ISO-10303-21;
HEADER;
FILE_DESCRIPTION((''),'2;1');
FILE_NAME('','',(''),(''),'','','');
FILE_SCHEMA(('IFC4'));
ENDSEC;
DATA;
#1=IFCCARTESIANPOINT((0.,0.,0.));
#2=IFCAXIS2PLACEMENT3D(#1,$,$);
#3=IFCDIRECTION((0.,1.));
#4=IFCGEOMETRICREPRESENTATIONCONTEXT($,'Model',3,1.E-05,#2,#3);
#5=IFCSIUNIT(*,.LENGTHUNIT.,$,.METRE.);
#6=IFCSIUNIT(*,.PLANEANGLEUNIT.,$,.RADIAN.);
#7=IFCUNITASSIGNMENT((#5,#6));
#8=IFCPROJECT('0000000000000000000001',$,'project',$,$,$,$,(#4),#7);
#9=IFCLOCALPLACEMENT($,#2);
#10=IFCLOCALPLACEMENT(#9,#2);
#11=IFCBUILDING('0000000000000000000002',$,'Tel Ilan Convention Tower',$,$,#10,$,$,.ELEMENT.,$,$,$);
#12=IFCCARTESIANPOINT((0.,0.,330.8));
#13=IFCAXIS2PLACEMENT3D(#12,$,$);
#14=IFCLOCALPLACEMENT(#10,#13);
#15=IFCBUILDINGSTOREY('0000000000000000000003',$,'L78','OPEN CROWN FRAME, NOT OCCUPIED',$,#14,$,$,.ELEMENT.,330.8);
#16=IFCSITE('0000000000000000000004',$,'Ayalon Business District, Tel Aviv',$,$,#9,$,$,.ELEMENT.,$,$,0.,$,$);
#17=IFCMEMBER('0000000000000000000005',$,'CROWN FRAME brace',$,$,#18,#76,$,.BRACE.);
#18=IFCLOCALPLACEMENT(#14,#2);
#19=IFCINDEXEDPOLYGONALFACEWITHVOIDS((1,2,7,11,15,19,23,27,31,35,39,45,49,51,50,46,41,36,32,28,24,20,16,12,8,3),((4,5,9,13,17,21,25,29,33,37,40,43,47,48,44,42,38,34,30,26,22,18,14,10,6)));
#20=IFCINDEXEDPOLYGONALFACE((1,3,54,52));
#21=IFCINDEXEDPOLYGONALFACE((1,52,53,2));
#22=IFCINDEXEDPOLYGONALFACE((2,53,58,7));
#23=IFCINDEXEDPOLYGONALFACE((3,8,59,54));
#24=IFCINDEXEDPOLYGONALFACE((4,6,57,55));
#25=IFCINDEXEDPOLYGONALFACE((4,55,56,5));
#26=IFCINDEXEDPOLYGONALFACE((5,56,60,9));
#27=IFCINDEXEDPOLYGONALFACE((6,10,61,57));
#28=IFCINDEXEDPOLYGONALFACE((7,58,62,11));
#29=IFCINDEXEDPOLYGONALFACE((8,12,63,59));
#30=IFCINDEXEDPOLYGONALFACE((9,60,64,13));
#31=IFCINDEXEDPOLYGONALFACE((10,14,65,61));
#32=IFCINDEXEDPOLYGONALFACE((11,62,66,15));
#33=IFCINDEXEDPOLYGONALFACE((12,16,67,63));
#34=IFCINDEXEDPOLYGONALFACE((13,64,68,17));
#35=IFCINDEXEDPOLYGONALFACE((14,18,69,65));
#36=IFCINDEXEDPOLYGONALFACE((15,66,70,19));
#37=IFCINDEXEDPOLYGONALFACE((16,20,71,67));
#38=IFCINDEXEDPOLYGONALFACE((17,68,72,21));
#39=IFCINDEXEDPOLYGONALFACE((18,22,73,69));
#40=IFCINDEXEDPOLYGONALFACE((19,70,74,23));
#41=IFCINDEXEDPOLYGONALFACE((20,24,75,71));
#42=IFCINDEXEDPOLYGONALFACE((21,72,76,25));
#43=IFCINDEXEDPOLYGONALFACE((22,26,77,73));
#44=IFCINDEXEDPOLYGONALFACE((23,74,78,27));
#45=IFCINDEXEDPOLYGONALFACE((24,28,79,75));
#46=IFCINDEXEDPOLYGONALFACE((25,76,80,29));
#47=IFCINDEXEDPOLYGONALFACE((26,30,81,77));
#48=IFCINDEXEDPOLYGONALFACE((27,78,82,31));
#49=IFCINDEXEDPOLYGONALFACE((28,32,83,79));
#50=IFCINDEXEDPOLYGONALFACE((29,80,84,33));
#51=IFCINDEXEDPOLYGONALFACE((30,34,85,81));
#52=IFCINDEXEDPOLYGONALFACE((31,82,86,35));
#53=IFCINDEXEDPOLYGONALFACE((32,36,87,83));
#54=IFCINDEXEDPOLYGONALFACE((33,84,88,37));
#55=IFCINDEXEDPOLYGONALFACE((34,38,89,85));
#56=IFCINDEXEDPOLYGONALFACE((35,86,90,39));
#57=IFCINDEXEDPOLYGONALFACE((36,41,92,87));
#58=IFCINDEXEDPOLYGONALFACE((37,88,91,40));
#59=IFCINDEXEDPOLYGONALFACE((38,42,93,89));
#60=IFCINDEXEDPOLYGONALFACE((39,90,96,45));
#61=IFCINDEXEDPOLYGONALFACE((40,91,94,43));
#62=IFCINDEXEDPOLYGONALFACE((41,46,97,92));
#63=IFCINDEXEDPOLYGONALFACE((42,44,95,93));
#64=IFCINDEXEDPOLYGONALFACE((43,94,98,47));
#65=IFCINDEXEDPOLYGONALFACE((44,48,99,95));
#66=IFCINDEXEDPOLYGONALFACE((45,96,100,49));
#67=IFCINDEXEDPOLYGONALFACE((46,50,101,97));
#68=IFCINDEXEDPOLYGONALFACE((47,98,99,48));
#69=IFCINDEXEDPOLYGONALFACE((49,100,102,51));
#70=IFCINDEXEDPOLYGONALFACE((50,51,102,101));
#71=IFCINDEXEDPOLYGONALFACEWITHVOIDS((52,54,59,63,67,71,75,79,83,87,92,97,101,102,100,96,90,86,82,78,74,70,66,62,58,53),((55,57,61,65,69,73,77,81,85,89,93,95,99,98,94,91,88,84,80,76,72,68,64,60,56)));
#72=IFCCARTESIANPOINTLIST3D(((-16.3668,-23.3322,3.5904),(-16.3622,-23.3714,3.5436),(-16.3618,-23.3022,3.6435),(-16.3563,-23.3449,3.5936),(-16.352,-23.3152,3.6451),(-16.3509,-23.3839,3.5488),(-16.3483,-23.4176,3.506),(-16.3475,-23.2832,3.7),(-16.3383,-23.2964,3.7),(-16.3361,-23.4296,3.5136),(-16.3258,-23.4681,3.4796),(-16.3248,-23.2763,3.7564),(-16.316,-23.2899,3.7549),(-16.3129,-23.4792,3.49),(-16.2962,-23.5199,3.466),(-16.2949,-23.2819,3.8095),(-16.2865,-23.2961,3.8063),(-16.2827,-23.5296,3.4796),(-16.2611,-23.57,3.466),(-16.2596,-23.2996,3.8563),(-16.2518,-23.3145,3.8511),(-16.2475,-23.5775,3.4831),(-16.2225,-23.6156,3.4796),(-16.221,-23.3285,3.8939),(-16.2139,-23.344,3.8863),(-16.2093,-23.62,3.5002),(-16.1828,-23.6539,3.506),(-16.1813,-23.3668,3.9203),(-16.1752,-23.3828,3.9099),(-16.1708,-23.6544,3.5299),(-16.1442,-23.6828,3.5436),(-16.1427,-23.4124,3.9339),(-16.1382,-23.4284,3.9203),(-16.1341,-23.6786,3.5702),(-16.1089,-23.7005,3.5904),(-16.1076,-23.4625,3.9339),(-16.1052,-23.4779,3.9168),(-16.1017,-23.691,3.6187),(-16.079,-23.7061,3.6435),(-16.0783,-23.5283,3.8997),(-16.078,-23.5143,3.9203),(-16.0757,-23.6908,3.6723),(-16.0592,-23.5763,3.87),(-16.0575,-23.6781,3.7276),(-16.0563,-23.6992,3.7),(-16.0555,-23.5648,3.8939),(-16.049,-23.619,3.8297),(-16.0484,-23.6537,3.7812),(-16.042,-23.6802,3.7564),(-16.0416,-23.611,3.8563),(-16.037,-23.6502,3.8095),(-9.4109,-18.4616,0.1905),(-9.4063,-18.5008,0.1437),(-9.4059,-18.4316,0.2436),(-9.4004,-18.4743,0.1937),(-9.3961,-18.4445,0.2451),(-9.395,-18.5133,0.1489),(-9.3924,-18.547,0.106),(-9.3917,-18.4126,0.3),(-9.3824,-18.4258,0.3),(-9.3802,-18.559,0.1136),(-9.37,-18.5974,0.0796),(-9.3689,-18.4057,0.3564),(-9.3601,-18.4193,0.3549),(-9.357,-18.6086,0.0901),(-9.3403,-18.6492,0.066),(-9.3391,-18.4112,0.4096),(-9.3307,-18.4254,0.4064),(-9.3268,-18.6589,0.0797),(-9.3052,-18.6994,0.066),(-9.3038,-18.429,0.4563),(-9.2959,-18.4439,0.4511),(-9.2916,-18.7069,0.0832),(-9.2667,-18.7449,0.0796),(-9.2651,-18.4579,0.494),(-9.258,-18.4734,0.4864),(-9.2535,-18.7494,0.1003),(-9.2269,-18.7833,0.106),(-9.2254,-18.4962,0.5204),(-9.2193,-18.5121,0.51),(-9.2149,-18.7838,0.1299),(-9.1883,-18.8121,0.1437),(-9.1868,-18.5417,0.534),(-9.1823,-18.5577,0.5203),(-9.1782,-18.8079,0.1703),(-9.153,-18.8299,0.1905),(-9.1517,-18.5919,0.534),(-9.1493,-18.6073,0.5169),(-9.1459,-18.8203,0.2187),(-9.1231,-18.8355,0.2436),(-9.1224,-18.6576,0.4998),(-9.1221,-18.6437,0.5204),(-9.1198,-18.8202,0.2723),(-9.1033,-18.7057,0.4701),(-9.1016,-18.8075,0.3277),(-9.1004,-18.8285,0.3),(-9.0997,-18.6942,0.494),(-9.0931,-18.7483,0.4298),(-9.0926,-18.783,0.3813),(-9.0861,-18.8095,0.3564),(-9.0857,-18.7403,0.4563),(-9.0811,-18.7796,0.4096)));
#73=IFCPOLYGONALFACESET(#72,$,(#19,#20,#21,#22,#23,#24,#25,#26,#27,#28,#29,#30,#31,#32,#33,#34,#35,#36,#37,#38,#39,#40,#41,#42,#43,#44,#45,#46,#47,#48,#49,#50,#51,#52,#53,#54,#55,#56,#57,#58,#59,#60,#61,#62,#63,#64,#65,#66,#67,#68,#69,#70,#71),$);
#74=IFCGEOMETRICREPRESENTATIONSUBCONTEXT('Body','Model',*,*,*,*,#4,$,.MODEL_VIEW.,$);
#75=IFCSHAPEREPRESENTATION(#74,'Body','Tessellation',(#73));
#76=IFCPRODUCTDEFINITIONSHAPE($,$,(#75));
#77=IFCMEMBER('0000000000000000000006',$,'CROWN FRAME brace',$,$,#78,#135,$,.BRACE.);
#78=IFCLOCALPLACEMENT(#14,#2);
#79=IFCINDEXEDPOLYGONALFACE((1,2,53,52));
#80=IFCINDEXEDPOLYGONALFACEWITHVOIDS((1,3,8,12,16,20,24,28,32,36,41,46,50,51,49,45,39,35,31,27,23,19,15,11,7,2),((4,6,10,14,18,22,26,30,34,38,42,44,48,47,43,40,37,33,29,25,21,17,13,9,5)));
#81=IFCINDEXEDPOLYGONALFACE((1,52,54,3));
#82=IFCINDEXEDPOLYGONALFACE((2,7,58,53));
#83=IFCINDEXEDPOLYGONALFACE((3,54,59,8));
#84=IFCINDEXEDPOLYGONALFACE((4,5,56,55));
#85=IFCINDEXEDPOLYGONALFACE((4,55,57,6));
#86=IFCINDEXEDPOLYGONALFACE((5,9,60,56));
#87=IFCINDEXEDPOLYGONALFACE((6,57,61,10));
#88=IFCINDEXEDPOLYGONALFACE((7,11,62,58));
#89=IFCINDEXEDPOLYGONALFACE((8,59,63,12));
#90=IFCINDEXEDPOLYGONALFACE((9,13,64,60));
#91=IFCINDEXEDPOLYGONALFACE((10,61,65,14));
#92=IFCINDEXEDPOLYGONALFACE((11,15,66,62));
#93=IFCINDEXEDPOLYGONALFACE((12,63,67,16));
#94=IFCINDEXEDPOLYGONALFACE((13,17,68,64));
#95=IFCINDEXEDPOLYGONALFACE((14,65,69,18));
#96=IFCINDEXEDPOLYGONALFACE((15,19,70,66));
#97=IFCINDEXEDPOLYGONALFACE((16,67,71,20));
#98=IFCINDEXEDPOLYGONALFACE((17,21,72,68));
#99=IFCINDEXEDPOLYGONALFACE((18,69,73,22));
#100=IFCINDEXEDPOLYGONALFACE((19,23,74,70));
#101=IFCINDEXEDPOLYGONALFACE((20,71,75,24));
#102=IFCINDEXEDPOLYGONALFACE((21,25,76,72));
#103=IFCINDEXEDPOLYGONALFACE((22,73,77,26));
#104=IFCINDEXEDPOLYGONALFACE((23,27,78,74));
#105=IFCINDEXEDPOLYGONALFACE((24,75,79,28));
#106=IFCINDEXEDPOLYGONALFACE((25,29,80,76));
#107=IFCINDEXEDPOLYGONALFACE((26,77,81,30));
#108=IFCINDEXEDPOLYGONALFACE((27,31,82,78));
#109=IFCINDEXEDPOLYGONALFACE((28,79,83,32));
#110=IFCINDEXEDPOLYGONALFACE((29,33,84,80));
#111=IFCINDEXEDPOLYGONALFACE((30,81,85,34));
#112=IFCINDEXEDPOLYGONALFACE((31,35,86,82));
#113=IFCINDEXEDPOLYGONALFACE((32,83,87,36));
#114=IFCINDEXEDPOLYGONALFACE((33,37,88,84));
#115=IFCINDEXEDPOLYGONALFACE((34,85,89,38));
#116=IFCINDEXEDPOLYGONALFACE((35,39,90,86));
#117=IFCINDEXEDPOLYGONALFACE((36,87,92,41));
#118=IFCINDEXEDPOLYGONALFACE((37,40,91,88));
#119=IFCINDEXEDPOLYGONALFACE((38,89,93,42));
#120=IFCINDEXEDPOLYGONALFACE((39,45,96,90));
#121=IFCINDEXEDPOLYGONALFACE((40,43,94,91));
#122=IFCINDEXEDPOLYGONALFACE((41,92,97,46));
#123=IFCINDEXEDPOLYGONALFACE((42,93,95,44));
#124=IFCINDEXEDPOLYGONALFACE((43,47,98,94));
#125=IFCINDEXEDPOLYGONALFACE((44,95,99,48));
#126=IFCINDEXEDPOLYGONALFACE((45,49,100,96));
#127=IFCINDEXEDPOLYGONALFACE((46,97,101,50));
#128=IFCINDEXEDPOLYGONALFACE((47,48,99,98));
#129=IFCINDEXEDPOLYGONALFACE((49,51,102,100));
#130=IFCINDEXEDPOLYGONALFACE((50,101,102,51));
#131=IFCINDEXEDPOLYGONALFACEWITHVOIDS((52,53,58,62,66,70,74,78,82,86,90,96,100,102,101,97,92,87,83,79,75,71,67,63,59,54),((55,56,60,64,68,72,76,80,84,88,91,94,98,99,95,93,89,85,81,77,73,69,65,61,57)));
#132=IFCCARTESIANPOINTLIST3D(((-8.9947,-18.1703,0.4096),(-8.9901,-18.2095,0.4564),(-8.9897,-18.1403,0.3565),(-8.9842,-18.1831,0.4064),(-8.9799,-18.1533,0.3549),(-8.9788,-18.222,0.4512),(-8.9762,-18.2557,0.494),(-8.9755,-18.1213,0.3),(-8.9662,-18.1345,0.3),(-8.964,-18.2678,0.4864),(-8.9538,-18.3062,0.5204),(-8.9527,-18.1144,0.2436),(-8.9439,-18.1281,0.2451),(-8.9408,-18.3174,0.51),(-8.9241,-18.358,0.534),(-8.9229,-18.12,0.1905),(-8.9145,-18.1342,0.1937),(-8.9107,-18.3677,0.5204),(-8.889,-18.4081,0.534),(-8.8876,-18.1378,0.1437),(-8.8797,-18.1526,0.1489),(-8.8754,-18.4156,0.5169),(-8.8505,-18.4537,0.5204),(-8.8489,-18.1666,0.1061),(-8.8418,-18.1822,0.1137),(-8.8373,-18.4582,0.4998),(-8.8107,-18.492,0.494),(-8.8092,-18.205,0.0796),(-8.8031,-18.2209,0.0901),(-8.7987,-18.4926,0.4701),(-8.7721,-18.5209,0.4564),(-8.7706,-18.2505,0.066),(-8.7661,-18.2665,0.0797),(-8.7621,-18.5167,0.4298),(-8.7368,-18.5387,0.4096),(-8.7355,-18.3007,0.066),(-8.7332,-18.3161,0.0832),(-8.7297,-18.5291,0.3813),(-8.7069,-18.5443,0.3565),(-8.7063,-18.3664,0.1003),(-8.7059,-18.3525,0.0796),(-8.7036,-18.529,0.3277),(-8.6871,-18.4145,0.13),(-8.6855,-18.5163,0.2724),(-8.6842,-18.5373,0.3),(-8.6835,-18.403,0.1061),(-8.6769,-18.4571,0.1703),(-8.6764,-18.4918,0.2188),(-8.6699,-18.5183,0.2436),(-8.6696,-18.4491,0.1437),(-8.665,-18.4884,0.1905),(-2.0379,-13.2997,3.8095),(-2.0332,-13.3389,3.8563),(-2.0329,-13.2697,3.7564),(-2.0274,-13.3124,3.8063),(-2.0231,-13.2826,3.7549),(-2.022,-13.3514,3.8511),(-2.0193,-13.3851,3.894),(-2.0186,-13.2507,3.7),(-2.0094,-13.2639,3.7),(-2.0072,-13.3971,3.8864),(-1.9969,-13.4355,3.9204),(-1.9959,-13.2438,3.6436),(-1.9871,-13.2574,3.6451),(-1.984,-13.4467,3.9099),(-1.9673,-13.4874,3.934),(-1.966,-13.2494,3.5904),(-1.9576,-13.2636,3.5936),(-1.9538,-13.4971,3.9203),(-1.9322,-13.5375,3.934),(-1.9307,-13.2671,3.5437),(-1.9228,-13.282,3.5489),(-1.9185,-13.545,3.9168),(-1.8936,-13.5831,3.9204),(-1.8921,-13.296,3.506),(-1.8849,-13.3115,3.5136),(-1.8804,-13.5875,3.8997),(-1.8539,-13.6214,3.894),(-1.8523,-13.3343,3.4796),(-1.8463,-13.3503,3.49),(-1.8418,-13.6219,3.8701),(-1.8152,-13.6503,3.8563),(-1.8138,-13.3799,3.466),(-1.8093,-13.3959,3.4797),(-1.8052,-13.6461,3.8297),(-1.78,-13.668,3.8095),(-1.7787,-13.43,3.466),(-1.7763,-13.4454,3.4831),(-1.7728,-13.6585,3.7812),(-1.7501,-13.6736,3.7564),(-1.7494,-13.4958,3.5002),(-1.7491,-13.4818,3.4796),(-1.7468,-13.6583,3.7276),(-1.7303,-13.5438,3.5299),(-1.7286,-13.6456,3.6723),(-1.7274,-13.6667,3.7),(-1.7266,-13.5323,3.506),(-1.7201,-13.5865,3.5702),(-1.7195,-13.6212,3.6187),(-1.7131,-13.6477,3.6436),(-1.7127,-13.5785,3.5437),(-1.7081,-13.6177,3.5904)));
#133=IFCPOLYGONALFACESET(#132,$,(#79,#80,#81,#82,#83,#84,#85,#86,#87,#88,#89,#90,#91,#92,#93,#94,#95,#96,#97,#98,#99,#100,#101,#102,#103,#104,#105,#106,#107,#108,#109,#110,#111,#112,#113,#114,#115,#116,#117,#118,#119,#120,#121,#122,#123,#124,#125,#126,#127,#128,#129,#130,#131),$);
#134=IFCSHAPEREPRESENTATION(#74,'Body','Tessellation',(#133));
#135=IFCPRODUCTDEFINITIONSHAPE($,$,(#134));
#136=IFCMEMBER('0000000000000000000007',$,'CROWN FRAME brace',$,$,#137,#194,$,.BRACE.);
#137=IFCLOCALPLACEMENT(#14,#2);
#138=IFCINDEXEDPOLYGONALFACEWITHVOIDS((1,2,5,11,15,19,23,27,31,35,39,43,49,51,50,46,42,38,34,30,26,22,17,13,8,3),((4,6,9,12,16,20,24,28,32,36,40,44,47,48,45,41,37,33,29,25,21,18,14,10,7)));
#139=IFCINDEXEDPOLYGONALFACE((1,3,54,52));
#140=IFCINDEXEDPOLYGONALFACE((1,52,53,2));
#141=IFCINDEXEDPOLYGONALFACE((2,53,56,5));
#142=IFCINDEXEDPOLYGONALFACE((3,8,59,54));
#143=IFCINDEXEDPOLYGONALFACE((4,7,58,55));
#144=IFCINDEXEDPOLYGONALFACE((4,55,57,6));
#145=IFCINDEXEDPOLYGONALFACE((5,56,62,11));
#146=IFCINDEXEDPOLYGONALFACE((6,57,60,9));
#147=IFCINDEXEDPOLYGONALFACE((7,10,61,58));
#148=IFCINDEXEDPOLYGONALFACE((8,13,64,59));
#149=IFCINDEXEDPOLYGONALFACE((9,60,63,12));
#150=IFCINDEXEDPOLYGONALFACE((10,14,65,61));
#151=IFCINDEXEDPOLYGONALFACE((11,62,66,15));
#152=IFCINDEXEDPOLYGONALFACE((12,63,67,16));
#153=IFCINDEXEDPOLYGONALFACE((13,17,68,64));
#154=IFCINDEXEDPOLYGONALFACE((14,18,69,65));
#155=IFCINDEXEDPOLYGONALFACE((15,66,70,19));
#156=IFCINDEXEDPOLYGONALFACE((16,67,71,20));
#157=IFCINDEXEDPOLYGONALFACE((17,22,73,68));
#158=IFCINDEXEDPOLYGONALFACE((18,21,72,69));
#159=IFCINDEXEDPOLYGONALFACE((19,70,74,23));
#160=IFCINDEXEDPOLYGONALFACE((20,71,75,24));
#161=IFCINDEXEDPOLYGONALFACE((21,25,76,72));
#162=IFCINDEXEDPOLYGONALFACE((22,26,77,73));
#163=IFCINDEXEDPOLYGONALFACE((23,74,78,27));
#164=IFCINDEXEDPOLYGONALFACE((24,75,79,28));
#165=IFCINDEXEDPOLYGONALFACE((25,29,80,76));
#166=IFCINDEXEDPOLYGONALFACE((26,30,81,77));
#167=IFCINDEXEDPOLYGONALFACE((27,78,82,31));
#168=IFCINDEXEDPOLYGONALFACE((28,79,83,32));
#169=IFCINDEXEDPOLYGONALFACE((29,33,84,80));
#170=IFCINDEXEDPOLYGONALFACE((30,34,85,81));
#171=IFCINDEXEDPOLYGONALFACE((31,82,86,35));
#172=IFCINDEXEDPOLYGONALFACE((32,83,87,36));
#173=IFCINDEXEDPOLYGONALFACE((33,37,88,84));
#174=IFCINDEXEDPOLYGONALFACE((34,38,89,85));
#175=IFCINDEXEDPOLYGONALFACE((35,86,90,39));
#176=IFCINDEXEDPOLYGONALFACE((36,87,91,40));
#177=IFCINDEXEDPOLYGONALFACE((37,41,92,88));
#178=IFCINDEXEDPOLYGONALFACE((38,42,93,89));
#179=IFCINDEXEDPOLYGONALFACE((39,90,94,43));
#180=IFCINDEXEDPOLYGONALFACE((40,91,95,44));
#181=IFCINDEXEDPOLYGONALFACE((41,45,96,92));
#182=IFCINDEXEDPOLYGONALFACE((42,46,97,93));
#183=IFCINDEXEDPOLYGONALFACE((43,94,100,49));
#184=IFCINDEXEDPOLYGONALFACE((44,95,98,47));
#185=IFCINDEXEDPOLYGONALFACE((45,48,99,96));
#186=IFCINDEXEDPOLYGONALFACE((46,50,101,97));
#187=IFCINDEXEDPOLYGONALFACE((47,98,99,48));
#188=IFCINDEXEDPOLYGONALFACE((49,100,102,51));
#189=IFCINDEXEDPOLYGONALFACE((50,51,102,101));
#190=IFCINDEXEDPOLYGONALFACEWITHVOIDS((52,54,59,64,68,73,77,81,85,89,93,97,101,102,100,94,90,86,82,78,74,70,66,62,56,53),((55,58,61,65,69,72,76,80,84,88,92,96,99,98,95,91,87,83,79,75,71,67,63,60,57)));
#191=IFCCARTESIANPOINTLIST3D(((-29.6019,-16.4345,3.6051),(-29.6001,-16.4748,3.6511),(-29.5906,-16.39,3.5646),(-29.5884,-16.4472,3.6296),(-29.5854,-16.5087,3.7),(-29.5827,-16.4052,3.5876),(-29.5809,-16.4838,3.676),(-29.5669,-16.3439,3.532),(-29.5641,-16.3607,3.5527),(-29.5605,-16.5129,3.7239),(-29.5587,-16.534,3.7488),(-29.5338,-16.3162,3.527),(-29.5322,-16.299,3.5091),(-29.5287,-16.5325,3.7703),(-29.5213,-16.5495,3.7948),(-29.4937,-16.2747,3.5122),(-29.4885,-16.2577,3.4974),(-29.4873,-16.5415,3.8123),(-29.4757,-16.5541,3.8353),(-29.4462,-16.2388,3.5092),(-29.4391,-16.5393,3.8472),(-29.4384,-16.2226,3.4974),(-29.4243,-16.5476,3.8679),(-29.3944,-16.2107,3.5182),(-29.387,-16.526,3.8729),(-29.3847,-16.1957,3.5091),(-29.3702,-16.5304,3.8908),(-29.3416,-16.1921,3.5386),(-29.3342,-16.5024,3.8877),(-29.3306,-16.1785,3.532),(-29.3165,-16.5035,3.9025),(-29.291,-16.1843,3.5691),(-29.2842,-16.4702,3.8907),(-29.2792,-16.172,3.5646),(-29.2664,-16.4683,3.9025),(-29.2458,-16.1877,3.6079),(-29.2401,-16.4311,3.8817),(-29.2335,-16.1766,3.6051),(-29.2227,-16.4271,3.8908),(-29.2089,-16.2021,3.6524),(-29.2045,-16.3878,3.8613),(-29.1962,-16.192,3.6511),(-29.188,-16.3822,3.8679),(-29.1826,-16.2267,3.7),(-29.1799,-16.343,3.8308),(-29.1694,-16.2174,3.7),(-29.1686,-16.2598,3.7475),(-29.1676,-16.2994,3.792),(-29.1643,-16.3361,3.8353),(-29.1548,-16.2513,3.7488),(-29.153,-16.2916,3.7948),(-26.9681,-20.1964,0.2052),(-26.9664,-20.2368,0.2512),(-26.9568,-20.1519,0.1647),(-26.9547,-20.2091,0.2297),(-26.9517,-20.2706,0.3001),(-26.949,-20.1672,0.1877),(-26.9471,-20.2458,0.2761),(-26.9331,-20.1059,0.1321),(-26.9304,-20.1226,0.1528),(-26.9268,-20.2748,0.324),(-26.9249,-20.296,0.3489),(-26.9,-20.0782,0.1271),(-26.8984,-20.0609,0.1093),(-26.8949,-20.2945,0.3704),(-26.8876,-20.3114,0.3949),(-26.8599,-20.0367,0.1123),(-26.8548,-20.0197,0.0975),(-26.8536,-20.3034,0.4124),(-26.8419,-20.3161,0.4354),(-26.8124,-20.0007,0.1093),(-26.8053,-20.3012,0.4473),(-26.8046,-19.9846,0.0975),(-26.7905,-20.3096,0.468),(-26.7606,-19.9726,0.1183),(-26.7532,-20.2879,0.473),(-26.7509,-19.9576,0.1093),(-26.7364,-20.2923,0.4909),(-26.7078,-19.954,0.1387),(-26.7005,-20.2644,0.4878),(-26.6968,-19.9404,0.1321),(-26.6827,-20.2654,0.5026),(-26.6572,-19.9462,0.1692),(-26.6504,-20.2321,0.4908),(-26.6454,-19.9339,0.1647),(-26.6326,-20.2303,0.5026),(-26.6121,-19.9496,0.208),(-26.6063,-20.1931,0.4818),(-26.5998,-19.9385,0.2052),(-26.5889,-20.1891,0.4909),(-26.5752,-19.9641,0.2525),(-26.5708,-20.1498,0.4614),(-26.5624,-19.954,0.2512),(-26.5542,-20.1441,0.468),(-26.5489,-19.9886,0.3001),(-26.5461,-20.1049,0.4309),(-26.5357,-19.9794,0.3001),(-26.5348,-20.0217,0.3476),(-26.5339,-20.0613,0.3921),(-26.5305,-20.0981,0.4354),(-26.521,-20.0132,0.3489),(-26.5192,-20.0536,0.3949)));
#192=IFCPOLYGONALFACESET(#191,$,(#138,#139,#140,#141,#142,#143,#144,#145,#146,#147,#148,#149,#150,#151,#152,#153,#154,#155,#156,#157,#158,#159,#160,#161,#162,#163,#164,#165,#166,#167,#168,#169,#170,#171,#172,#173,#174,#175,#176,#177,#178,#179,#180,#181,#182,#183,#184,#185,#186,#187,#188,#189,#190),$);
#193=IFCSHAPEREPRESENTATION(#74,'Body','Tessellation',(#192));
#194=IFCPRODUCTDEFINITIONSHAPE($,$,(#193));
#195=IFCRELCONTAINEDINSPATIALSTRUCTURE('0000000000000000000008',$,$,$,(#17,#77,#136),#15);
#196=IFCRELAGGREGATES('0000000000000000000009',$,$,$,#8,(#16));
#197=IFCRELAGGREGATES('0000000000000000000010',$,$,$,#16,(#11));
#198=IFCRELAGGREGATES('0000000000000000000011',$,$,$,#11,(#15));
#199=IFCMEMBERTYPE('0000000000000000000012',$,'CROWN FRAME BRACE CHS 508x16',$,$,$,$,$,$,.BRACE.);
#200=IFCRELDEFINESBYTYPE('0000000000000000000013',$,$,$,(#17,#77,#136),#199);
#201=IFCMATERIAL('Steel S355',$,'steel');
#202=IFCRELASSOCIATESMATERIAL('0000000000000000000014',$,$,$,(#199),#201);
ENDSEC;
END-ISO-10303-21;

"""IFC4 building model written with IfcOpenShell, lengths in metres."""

from ifc_helpers import new_model, si_unit, direction, frame, origin, origin_2d, place, context, subcontext, project, spatial, hollow_circle, extrude, material, material_profile, profile_set, type_object, element, save


model = new_model("IFC4")

# Units and contexts
model_context = context("Model", 3, precision=1e-05, world=origin(), true_north=direction((0.0, 1.0)))
body_context = subcontext(model_context, "Body", "Model", "MODEL_VIEW")
ifc_project = project(units=[si_unit("LENGTHUNIT", "METRE"), si_unit("PLANEANGLEUNIT", "RADIAN")], contexts=[model_context])

# Site, building, storey
site_placement = place(None, origin())
site = spatial("IfcSite", under=ifc_project, at=site_placement, Name="Ayalon Business District, Tel Aviv", CompositionType="ELEMENT", RefElevation=0.0)
building_placement = place(site_placement, origin())
building = spatial("IfcBuilding", under=site, at=building_placement, Name="Tel Ilan Convention Tower", CompositionType="ELEMENT")
storey_placement = place(building_placement, frame((0.0, 0.0, 330.8)))
storey = spatial("IfcBuildingStorey", under=building, at=storey_placement, Name="L78", Description="OPEN CROWN FRAME, NOT OCCUPIED", CompositionType="ELEMENT", Elevation=330.8)

# Members
ifc_material_1 = material(Name="Steel S355", Category="steel")
ifc_material_profile_1 = material_profile(ifc_material_1, hollow_circle(Radius=0.2539, WallThickness=0.0161, at=origin_2d()), Name="CHS 508x16")
ifc_profile_set_1 = profile_set([ifc_material_profile_1], Name="Steel S355")
member_type = type_object("IfcMemberType", Name="CROWN FRAME BRACE CHS 508x16", PredefinedType="BRACE", material=ifc_profile_set_1)
member_1_placement = place(storey_placement, frame((-16.2019, -23.4912, 3.7), z_axis=(0.760457, 0.532488, -0.371701), x_axis=(-0.573584, 0.819147, 0.0)))
element("IfcMember", 1, at=member_1_placement, inside=storey, type_object=member_type, Name="CROWN FRAME brace", PredefinedType="BRACE", context=body_context, shape_type="SweptSolid", body=[
    extrude(hollow_circle(Radius=0.2539, WallThickness=0.0161, at=origin_2d()), origin(), (0.0, 0.0, 1.0), 9.147),
])
member_2_placement = place(storey_placement, frame((-8.8298, -18.3293, 0.3), z_axis=(0.760502, 0.532445, 0.371671), x_axis=(-0.57353, 0.819185, 0.0)))
element("IfcMember", 2, at=member_2_placement, inside=storey, type_object=member_type, Name="CROWN FRAME brace", PredefinedType="BRACE", context=body_context, shape_type="SweptSolid", body=[
    extrude(hollow_circle(Radius=0.2539, WallThickness=0.0161, at=origin_2d()), origin(), (0.0, 0.0, 1.0), 9.1477),
])
member_3_placement = place(storey_placement, frame((-29.3774, -16.363, 3.7), z_axis=(0.460945, -0.658389, -0.595024), x_axis=(0.819189, 0.573523, 0.0)))
element("IfcMember", 3, at=member_3_placement, inside=storey, type_object=member_type, Name="CROWN FRAME brace", PredefinedType="BRACE", context=body_context, shape_type="SweptSolid", body=[
    extrude(hollow_circle(Radius=0.2539, WallThickness=0.0161, at=origin_2d()), origin(), (0.0, 0.0, 1.0), 5.7139),
])

save(model, "model.ifc")
